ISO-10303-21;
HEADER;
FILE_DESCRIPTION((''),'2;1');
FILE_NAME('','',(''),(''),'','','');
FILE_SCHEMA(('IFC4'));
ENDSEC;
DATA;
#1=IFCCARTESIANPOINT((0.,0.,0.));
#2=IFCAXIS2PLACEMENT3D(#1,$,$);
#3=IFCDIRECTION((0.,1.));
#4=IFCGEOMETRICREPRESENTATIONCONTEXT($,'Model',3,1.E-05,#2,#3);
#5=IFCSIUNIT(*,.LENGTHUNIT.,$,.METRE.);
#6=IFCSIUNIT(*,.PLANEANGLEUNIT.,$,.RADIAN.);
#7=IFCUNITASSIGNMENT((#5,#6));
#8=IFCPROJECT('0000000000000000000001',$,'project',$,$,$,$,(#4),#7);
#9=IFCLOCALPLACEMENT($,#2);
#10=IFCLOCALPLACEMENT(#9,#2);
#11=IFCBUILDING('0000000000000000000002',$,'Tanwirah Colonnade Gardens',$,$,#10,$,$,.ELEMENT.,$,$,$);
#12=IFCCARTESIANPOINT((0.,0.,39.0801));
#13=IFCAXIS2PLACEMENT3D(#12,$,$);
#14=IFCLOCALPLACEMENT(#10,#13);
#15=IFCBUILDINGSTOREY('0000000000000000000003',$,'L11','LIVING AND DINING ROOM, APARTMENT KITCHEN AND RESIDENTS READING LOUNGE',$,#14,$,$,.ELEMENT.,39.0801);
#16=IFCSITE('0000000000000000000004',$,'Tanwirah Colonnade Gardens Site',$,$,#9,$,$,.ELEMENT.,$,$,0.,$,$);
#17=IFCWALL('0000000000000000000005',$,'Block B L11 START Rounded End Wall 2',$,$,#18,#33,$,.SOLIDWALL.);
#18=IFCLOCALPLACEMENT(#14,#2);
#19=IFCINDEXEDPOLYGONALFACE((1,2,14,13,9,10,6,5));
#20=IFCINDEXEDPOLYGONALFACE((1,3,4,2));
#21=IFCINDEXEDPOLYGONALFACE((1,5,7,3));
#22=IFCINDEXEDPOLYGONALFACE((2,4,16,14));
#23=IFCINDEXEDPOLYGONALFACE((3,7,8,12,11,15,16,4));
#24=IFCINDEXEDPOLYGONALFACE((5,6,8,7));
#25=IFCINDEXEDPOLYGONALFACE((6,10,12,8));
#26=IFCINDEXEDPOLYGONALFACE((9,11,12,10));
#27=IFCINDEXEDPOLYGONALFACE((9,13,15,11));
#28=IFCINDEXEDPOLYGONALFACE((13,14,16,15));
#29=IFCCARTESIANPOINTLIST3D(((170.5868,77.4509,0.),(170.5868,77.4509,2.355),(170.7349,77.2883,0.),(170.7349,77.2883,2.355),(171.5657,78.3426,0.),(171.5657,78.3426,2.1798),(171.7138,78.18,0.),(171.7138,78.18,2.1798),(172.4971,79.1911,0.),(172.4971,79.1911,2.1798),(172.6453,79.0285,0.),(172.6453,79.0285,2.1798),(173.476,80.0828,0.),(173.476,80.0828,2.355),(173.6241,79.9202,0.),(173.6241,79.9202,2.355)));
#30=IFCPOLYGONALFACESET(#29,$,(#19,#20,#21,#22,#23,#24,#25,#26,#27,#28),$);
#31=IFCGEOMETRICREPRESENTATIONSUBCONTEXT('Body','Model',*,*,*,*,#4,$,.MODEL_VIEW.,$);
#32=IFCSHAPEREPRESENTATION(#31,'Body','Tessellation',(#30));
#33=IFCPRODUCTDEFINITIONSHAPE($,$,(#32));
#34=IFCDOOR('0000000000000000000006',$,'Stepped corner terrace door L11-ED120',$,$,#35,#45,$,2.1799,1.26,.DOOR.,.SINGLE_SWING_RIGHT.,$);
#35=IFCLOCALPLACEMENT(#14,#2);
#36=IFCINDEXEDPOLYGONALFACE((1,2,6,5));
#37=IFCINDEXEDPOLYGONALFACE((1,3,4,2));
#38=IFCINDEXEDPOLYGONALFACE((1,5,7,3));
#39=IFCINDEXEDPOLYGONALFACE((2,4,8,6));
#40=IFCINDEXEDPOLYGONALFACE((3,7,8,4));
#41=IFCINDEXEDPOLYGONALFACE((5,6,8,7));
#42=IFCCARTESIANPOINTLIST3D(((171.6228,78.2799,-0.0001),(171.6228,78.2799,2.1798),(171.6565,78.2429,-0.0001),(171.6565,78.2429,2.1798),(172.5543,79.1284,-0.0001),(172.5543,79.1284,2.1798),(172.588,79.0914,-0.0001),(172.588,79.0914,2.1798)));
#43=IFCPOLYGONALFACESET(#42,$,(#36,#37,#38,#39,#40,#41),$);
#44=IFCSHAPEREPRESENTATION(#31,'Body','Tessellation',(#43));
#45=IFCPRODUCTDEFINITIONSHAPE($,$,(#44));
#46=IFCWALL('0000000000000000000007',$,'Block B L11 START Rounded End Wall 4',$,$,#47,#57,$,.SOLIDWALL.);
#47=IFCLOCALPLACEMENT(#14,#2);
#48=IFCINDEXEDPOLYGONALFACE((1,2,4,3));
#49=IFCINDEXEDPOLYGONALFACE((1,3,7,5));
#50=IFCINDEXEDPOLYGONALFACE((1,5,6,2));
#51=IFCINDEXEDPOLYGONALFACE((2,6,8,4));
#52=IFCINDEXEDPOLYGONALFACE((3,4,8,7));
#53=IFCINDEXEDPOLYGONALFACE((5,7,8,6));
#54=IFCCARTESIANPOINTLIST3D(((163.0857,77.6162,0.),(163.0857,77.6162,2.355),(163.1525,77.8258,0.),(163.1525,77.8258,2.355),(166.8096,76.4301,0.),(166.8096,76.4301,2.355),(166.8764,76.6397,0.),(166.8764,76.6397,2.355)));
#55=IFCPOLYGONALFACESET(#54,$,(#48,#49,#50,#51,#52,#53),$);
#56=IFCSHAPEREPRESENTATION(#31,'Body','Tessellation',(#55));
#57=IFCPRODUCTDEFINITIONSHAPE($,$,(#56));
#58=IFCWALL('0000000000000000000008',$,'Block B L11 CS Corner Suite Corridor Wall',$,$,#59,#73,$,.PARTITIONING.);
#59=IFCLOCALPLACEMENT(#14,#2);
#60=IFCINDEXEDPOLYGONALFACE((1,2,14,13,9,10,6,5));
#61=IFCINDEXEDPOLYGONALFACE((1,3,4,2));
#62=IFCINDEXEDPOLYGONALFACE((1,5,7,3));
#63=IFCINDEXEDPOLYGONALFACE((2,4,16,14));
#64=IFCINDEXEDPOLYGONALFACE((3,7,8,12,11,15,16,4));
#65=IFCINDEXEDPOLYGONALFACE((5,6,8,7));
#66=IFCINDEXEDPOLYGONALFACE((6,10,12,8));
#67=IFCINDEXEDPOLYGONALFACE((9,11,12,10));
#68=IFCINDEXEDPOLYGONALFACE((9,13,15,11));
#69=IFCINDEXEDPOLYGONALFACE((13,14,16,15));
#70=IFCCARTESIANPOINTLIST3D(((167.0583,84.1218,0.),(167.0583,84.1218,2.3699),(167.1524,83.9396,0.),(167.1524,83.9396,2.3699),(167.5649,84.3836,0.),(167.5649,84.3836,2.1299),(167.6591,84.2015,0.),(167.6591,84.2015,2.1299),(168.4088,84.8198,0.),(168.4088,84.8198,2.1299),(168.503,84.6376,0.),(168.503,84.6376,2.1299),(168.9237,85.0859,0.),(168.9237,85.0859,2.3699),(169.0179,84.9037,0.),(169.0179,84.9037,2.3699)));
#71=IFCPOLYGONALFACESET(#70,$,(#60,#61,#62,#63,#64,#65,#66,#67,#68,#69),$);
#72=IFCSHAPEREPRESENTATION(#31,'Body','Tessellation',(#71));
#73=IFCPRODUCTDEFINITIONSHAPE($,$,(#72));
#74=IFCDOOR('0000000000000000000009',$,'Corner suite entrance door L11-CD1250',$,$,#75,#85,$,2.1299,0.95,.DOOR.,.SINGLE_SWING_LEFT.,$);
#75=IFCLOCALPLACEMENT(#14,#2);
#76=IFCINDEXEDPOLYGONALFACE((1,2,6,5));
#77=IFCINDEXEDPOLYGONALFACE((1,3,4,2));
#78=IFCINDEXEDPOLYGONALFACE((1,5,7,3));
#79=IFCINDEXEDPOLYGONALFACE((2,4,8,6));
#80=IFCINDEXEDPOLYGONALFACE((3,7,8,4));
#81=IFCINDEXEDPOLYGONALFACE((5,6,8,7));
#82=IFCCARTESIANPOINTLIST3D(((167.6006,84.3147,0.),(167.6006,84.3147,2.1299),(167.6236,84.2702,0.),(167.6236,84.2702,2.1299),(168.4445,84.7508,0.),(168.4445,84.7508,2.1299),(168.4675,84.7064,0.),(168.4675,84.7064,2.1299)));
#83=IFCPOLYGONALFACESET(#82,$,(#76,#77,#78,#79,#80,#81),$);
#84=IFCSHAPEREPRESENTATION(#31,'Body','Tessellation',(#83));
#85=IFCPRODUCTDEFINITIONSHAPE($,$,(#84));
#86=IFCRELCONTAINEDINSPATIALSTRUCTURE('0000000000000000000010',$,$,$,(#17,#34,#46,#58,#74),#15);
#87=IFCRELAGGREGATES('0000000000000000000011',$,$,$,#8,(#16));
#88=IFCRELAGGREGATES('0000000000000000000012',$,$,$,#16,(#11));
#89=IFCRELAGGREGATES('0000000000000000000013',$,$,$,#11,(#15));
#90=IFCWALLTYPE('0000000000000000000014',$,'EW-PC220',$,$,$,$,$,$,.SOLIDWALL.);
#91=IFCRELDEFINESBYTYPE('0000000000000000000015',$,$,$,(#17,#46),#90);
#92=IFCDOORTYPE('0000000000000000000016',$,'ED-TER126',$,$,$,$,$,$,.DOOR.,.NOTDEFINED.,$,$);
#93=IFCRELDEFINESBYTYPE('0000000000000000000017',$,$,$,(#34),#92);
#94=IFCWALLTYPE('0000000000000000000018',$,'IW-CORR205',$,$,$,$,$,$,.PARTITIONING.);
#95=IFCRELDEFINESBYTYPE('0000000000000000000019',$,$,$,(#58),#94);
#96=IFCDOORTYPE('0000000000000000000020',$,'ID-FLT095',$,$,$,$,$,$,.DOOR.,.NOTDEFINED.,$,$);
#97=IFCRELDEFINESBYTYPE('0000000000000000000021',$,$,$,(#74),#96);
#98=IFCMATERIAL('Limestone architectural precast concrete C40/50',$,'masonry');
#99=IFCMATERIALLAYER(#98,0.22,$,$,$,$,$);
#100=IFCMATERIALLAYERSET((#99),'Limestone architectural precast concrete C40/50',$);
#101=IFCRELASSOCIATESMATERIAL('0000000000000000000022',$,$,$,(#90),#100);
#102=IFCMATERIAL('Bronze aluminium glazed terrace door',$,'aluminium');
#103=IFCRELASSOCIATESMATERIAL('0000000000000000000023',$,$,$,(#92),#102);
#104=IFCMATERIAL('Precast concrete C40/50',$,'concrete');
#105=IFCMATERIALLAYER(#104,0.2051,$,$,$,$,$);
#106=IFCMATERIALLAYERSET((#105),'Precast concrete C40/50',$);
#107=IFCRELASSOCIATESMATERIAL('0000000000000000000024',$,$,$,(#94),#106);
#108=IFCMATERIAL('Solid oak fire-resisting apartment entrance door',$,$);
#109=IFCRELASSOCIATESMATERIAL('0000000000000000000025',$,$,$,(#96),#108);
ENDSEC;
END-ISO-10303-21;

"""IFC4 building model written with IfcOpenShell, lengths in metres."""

from ifc_helpers import new_model, si_unit, direction, frame, frame_2d, origin, place, context, subcontext, project, spatial, rectangle, extrude, material, layer, layer_set, type_object, element, fill, save


model = new_model("IFC4")

# Units and contexts
model_context = context("Model", 3, precision=1e-05, world=origin(), true_north=direction((0.0, 1.0)))
body_context = subcontext(model_context, "Body", "Model", "MODEL_VIEW")
ifc_project = project(units=[si_unit("LENGTHUNIT", "METRE"), si_unit("PLANEANGLEUNIT", "RADIAN")], contexts=[model_context])

# Site, building, storey
site_placement = place(None, origin())
site = spatial("IfcSite", under=ifc_project, at=site_placement, Name="Tanwirah Colonnade Gardens Site", CompositionType="ELEMENT", RefElevation=0.0)
building_placement = place(site_placement, origin())
building = spatial("IfcBuilding", under=site, at=building_placement, Name="Tanwirah Colonnade Gardens", CompositionType="ELEMENT")
storey_placement = place(building_placement, frame((0.0, 0.0, 39.0801)))
storey = spatial("IfcBuildingStorey", under=building, at=storey_placement, Name="L11", Description="LIVING AND DINING ROOM, APARTMENT KITCHEN AND RESIDENTS READING LOUNGE", CompositionType="ELEMENT", Elevation=39.0801)

# Shared definitions
ifc_material_1 = material(Name="Precast concrete C40/50", Category="concrete")

# Shared definitions
ifc_material_2 = material(Name="Limestone architectural precast concrete C40/50", Category="masonry")
ifc_layer_1 = layer(ifc_material_2, 0.22)
ifc_layer_set_1 = layer_set([ifc_layer_1], Name="Limestone architectural precast concrete C40/50")
wall_type_1 = type_object("IfcWallType", Name="EW-PC220", PredefinedType="SOLIDWALL", material=ifc_layer_set_1)

# Wall, opening, door
wall_1_placement = place(storey_placement, frame((173.55, 80.0015, 0.0), z_axis=(0.0, 0.0, 1.0), x_axis=(-0.739261, -0.673419, 0.0)))
wall_1 = element("IfcWall", 1, at=wall_1_placement, inside=storey, type_object=wall_type_1, Name="Block B L11 START Rounded End Wall 2", PredefinedType="SOLIDWALL", context=body_context, shape_type="SweptSolid", body=[
    extrude(rectangle(XDim=3.9082, YDim=0.22, at=frame_2d((1.9541, 0.0))), origin(), (0.0, 0.0, 1.0), 2.355),
])
opening_1_placement = place(wall_1_placement, frame((1.3242, 0.0, 0.0)))
opening_1 = element("IfcOpeningElement", 2, at=opening_1_placement, cuts=wall_1, PredefinedType="OPENING", context=body_context, shape_type="SweptSolid", body=[
    extrude(rectangle(XDim=1.26, YDim=2.1799, at=frame_2d((0.6299, 1.0898))), frame((0.0, 0.1199, 0.0), z_axis=(0.0, -1.0, 0.0), x_axis=(1.0, 0.0, 0.0)), (0.0, 0.0, 1.0), 0.24),
])
ifc_material_3 = material(Name="Bronze aluminium glazed terrace door", Category="aluminium")
door_type_1 = type_object("IfcDoorType", Name="ED-TER126", OperationType="NOTDEFINED", PredefinedType="DOOR", material=ifc_material_3)
door_1_placement = place(opening_1_placement, origin())
door_1 = element("IfcDoor", 3, at=door_1_placement, inside=storey, type_object=door_type_1, Name="Stepped corner terrace door L11-ED120", OperationType="SINGLE_SWING_RIGHT", OverallHeight=2.1799, OverallWidth=1.26, PredefinedType="DOOR", context=body_context, shape_type="SweptSolid", body=[
    extrude(rectangle(XDim=1.26, YDim=2.1799, at=frame_2d((0.6299, 1.0898))), frame((0.0, 0.0249, 0.0), z_axis=(0.0, -1.0, 0.0), x_axis=(1.0, 0.0, 0.0)), (0.0, 0.0, 1.0), 0.05),
])
fill(opening_1, door_1)

# Wall
wall_2_placement = place(storey_placement, frame((166.843, 76.5349, 0.0), z_axis=(0.0, 0.0, 1.0), x_axis=(-0.95284, 0.303474, 0.0)))
element("IfcWall", 4, at=wall_2_placement, inside=storey, type_object=wall_type_1, Name="Block B L11 START Rounded End Wall 4", PredefinedType="SOLIDWALL", context=body_context, shape_type="SweptSolid", body=[
    extrude(rectangle(XDim=3.9082, YDim=0.22, at=frame_2d((1.9541, 0.0))), origin(), (0.0, 0.0, 1.0), 2.355),
])

# Wall, opening, door
ifc_layer_2 = layer(ifc_material_1, 0.2051)
ifc_layer_set_2 = layer_set([ifc_layer_2], Name="Precast concrete C40/50")
wall_type_2 = type_object("IfcWallType", Name="IW-CORR205", PredefinedType="PARTITIONING", material=ifc_layer_set_2)
ifc_material_4 = material(Name="Solid oak fire-resisting apartment entrance door")
wall_3_placement = place(storey_placement, frame((167.1055, 84.0308, 0.0), z_axis=(0.0, 0.0, 1.0), x_axis=(0.888371, 0.459126, 0.0)))
wall_3 = element("IfcWall", 5, at=wall_3_placement, inside=storey, type_object=wall_type_2, Name="Block B L11 CS Corner Suite Corridor Wall", PredefinedType="PARTITIONING", context=body_context, shape_type="SweptSolid", body=[
    extrude(rectangle(XDim=2.0999, YDim=0.2051, at=frame_2d((1.0498, 0.0))), origin(), (0.0, 0.0, 1.0), 2.3699),
])
opening_2_placement = place(wall_3_placement, frame((0.5701, 0.0, 0.0)))
opening_2 = element("IfcOpeningElement", 6, at=opening_2_placement, cuts=wall_3, PredefinedType="OPENING", context=body_context, shape_type="SweptSolid", body=[
    extrude(rectangle(XDim=0.95, YDim=2.1299, at=frame_2d((0.4751, 1.0649))), frame((0.0, 0.1125, 0.0), z_axis=(0.0, -1.0, 0.0), x_axis=(1.0, 0.0, 0.0)), (0.0, 0.0, 1.0), 0.2251),
])
door_type_2 = type_object("IfcDoorType", Name="ID-FLT095", OperationType="NOTDEFINED", PredefinedType="DOOR", material=ifc_material_4)
door_2_placement = place(opening_2_placement, origin())
door_2 = element("IfcDoor", 7, at=door_2_placement, inside=storey, type_object=door_type_2, Name="Corner suite entrance door L11-CD1250", OperationType="SINGLE_SWING_LEFT", OverallHeight=2.1299, OverallWidth=0.95, PredefinedType="DOOR", context=body_context, shape_type="SweptSolid", body=[
    extrude(rectangle(XDim=0.95, YDim=2.1299, at=frame_2d((0.4751, 1.0649))), frame((0.0, 0.0249, 0.0), z_axis=(0.0, -1.0, 0.0), x_axis=(1.0, 0.0, 0.0)), (0.0, 0.0, 1.0), 0.05),
])
fill(opening_2, door_2)

save(model, "model.ifc")
